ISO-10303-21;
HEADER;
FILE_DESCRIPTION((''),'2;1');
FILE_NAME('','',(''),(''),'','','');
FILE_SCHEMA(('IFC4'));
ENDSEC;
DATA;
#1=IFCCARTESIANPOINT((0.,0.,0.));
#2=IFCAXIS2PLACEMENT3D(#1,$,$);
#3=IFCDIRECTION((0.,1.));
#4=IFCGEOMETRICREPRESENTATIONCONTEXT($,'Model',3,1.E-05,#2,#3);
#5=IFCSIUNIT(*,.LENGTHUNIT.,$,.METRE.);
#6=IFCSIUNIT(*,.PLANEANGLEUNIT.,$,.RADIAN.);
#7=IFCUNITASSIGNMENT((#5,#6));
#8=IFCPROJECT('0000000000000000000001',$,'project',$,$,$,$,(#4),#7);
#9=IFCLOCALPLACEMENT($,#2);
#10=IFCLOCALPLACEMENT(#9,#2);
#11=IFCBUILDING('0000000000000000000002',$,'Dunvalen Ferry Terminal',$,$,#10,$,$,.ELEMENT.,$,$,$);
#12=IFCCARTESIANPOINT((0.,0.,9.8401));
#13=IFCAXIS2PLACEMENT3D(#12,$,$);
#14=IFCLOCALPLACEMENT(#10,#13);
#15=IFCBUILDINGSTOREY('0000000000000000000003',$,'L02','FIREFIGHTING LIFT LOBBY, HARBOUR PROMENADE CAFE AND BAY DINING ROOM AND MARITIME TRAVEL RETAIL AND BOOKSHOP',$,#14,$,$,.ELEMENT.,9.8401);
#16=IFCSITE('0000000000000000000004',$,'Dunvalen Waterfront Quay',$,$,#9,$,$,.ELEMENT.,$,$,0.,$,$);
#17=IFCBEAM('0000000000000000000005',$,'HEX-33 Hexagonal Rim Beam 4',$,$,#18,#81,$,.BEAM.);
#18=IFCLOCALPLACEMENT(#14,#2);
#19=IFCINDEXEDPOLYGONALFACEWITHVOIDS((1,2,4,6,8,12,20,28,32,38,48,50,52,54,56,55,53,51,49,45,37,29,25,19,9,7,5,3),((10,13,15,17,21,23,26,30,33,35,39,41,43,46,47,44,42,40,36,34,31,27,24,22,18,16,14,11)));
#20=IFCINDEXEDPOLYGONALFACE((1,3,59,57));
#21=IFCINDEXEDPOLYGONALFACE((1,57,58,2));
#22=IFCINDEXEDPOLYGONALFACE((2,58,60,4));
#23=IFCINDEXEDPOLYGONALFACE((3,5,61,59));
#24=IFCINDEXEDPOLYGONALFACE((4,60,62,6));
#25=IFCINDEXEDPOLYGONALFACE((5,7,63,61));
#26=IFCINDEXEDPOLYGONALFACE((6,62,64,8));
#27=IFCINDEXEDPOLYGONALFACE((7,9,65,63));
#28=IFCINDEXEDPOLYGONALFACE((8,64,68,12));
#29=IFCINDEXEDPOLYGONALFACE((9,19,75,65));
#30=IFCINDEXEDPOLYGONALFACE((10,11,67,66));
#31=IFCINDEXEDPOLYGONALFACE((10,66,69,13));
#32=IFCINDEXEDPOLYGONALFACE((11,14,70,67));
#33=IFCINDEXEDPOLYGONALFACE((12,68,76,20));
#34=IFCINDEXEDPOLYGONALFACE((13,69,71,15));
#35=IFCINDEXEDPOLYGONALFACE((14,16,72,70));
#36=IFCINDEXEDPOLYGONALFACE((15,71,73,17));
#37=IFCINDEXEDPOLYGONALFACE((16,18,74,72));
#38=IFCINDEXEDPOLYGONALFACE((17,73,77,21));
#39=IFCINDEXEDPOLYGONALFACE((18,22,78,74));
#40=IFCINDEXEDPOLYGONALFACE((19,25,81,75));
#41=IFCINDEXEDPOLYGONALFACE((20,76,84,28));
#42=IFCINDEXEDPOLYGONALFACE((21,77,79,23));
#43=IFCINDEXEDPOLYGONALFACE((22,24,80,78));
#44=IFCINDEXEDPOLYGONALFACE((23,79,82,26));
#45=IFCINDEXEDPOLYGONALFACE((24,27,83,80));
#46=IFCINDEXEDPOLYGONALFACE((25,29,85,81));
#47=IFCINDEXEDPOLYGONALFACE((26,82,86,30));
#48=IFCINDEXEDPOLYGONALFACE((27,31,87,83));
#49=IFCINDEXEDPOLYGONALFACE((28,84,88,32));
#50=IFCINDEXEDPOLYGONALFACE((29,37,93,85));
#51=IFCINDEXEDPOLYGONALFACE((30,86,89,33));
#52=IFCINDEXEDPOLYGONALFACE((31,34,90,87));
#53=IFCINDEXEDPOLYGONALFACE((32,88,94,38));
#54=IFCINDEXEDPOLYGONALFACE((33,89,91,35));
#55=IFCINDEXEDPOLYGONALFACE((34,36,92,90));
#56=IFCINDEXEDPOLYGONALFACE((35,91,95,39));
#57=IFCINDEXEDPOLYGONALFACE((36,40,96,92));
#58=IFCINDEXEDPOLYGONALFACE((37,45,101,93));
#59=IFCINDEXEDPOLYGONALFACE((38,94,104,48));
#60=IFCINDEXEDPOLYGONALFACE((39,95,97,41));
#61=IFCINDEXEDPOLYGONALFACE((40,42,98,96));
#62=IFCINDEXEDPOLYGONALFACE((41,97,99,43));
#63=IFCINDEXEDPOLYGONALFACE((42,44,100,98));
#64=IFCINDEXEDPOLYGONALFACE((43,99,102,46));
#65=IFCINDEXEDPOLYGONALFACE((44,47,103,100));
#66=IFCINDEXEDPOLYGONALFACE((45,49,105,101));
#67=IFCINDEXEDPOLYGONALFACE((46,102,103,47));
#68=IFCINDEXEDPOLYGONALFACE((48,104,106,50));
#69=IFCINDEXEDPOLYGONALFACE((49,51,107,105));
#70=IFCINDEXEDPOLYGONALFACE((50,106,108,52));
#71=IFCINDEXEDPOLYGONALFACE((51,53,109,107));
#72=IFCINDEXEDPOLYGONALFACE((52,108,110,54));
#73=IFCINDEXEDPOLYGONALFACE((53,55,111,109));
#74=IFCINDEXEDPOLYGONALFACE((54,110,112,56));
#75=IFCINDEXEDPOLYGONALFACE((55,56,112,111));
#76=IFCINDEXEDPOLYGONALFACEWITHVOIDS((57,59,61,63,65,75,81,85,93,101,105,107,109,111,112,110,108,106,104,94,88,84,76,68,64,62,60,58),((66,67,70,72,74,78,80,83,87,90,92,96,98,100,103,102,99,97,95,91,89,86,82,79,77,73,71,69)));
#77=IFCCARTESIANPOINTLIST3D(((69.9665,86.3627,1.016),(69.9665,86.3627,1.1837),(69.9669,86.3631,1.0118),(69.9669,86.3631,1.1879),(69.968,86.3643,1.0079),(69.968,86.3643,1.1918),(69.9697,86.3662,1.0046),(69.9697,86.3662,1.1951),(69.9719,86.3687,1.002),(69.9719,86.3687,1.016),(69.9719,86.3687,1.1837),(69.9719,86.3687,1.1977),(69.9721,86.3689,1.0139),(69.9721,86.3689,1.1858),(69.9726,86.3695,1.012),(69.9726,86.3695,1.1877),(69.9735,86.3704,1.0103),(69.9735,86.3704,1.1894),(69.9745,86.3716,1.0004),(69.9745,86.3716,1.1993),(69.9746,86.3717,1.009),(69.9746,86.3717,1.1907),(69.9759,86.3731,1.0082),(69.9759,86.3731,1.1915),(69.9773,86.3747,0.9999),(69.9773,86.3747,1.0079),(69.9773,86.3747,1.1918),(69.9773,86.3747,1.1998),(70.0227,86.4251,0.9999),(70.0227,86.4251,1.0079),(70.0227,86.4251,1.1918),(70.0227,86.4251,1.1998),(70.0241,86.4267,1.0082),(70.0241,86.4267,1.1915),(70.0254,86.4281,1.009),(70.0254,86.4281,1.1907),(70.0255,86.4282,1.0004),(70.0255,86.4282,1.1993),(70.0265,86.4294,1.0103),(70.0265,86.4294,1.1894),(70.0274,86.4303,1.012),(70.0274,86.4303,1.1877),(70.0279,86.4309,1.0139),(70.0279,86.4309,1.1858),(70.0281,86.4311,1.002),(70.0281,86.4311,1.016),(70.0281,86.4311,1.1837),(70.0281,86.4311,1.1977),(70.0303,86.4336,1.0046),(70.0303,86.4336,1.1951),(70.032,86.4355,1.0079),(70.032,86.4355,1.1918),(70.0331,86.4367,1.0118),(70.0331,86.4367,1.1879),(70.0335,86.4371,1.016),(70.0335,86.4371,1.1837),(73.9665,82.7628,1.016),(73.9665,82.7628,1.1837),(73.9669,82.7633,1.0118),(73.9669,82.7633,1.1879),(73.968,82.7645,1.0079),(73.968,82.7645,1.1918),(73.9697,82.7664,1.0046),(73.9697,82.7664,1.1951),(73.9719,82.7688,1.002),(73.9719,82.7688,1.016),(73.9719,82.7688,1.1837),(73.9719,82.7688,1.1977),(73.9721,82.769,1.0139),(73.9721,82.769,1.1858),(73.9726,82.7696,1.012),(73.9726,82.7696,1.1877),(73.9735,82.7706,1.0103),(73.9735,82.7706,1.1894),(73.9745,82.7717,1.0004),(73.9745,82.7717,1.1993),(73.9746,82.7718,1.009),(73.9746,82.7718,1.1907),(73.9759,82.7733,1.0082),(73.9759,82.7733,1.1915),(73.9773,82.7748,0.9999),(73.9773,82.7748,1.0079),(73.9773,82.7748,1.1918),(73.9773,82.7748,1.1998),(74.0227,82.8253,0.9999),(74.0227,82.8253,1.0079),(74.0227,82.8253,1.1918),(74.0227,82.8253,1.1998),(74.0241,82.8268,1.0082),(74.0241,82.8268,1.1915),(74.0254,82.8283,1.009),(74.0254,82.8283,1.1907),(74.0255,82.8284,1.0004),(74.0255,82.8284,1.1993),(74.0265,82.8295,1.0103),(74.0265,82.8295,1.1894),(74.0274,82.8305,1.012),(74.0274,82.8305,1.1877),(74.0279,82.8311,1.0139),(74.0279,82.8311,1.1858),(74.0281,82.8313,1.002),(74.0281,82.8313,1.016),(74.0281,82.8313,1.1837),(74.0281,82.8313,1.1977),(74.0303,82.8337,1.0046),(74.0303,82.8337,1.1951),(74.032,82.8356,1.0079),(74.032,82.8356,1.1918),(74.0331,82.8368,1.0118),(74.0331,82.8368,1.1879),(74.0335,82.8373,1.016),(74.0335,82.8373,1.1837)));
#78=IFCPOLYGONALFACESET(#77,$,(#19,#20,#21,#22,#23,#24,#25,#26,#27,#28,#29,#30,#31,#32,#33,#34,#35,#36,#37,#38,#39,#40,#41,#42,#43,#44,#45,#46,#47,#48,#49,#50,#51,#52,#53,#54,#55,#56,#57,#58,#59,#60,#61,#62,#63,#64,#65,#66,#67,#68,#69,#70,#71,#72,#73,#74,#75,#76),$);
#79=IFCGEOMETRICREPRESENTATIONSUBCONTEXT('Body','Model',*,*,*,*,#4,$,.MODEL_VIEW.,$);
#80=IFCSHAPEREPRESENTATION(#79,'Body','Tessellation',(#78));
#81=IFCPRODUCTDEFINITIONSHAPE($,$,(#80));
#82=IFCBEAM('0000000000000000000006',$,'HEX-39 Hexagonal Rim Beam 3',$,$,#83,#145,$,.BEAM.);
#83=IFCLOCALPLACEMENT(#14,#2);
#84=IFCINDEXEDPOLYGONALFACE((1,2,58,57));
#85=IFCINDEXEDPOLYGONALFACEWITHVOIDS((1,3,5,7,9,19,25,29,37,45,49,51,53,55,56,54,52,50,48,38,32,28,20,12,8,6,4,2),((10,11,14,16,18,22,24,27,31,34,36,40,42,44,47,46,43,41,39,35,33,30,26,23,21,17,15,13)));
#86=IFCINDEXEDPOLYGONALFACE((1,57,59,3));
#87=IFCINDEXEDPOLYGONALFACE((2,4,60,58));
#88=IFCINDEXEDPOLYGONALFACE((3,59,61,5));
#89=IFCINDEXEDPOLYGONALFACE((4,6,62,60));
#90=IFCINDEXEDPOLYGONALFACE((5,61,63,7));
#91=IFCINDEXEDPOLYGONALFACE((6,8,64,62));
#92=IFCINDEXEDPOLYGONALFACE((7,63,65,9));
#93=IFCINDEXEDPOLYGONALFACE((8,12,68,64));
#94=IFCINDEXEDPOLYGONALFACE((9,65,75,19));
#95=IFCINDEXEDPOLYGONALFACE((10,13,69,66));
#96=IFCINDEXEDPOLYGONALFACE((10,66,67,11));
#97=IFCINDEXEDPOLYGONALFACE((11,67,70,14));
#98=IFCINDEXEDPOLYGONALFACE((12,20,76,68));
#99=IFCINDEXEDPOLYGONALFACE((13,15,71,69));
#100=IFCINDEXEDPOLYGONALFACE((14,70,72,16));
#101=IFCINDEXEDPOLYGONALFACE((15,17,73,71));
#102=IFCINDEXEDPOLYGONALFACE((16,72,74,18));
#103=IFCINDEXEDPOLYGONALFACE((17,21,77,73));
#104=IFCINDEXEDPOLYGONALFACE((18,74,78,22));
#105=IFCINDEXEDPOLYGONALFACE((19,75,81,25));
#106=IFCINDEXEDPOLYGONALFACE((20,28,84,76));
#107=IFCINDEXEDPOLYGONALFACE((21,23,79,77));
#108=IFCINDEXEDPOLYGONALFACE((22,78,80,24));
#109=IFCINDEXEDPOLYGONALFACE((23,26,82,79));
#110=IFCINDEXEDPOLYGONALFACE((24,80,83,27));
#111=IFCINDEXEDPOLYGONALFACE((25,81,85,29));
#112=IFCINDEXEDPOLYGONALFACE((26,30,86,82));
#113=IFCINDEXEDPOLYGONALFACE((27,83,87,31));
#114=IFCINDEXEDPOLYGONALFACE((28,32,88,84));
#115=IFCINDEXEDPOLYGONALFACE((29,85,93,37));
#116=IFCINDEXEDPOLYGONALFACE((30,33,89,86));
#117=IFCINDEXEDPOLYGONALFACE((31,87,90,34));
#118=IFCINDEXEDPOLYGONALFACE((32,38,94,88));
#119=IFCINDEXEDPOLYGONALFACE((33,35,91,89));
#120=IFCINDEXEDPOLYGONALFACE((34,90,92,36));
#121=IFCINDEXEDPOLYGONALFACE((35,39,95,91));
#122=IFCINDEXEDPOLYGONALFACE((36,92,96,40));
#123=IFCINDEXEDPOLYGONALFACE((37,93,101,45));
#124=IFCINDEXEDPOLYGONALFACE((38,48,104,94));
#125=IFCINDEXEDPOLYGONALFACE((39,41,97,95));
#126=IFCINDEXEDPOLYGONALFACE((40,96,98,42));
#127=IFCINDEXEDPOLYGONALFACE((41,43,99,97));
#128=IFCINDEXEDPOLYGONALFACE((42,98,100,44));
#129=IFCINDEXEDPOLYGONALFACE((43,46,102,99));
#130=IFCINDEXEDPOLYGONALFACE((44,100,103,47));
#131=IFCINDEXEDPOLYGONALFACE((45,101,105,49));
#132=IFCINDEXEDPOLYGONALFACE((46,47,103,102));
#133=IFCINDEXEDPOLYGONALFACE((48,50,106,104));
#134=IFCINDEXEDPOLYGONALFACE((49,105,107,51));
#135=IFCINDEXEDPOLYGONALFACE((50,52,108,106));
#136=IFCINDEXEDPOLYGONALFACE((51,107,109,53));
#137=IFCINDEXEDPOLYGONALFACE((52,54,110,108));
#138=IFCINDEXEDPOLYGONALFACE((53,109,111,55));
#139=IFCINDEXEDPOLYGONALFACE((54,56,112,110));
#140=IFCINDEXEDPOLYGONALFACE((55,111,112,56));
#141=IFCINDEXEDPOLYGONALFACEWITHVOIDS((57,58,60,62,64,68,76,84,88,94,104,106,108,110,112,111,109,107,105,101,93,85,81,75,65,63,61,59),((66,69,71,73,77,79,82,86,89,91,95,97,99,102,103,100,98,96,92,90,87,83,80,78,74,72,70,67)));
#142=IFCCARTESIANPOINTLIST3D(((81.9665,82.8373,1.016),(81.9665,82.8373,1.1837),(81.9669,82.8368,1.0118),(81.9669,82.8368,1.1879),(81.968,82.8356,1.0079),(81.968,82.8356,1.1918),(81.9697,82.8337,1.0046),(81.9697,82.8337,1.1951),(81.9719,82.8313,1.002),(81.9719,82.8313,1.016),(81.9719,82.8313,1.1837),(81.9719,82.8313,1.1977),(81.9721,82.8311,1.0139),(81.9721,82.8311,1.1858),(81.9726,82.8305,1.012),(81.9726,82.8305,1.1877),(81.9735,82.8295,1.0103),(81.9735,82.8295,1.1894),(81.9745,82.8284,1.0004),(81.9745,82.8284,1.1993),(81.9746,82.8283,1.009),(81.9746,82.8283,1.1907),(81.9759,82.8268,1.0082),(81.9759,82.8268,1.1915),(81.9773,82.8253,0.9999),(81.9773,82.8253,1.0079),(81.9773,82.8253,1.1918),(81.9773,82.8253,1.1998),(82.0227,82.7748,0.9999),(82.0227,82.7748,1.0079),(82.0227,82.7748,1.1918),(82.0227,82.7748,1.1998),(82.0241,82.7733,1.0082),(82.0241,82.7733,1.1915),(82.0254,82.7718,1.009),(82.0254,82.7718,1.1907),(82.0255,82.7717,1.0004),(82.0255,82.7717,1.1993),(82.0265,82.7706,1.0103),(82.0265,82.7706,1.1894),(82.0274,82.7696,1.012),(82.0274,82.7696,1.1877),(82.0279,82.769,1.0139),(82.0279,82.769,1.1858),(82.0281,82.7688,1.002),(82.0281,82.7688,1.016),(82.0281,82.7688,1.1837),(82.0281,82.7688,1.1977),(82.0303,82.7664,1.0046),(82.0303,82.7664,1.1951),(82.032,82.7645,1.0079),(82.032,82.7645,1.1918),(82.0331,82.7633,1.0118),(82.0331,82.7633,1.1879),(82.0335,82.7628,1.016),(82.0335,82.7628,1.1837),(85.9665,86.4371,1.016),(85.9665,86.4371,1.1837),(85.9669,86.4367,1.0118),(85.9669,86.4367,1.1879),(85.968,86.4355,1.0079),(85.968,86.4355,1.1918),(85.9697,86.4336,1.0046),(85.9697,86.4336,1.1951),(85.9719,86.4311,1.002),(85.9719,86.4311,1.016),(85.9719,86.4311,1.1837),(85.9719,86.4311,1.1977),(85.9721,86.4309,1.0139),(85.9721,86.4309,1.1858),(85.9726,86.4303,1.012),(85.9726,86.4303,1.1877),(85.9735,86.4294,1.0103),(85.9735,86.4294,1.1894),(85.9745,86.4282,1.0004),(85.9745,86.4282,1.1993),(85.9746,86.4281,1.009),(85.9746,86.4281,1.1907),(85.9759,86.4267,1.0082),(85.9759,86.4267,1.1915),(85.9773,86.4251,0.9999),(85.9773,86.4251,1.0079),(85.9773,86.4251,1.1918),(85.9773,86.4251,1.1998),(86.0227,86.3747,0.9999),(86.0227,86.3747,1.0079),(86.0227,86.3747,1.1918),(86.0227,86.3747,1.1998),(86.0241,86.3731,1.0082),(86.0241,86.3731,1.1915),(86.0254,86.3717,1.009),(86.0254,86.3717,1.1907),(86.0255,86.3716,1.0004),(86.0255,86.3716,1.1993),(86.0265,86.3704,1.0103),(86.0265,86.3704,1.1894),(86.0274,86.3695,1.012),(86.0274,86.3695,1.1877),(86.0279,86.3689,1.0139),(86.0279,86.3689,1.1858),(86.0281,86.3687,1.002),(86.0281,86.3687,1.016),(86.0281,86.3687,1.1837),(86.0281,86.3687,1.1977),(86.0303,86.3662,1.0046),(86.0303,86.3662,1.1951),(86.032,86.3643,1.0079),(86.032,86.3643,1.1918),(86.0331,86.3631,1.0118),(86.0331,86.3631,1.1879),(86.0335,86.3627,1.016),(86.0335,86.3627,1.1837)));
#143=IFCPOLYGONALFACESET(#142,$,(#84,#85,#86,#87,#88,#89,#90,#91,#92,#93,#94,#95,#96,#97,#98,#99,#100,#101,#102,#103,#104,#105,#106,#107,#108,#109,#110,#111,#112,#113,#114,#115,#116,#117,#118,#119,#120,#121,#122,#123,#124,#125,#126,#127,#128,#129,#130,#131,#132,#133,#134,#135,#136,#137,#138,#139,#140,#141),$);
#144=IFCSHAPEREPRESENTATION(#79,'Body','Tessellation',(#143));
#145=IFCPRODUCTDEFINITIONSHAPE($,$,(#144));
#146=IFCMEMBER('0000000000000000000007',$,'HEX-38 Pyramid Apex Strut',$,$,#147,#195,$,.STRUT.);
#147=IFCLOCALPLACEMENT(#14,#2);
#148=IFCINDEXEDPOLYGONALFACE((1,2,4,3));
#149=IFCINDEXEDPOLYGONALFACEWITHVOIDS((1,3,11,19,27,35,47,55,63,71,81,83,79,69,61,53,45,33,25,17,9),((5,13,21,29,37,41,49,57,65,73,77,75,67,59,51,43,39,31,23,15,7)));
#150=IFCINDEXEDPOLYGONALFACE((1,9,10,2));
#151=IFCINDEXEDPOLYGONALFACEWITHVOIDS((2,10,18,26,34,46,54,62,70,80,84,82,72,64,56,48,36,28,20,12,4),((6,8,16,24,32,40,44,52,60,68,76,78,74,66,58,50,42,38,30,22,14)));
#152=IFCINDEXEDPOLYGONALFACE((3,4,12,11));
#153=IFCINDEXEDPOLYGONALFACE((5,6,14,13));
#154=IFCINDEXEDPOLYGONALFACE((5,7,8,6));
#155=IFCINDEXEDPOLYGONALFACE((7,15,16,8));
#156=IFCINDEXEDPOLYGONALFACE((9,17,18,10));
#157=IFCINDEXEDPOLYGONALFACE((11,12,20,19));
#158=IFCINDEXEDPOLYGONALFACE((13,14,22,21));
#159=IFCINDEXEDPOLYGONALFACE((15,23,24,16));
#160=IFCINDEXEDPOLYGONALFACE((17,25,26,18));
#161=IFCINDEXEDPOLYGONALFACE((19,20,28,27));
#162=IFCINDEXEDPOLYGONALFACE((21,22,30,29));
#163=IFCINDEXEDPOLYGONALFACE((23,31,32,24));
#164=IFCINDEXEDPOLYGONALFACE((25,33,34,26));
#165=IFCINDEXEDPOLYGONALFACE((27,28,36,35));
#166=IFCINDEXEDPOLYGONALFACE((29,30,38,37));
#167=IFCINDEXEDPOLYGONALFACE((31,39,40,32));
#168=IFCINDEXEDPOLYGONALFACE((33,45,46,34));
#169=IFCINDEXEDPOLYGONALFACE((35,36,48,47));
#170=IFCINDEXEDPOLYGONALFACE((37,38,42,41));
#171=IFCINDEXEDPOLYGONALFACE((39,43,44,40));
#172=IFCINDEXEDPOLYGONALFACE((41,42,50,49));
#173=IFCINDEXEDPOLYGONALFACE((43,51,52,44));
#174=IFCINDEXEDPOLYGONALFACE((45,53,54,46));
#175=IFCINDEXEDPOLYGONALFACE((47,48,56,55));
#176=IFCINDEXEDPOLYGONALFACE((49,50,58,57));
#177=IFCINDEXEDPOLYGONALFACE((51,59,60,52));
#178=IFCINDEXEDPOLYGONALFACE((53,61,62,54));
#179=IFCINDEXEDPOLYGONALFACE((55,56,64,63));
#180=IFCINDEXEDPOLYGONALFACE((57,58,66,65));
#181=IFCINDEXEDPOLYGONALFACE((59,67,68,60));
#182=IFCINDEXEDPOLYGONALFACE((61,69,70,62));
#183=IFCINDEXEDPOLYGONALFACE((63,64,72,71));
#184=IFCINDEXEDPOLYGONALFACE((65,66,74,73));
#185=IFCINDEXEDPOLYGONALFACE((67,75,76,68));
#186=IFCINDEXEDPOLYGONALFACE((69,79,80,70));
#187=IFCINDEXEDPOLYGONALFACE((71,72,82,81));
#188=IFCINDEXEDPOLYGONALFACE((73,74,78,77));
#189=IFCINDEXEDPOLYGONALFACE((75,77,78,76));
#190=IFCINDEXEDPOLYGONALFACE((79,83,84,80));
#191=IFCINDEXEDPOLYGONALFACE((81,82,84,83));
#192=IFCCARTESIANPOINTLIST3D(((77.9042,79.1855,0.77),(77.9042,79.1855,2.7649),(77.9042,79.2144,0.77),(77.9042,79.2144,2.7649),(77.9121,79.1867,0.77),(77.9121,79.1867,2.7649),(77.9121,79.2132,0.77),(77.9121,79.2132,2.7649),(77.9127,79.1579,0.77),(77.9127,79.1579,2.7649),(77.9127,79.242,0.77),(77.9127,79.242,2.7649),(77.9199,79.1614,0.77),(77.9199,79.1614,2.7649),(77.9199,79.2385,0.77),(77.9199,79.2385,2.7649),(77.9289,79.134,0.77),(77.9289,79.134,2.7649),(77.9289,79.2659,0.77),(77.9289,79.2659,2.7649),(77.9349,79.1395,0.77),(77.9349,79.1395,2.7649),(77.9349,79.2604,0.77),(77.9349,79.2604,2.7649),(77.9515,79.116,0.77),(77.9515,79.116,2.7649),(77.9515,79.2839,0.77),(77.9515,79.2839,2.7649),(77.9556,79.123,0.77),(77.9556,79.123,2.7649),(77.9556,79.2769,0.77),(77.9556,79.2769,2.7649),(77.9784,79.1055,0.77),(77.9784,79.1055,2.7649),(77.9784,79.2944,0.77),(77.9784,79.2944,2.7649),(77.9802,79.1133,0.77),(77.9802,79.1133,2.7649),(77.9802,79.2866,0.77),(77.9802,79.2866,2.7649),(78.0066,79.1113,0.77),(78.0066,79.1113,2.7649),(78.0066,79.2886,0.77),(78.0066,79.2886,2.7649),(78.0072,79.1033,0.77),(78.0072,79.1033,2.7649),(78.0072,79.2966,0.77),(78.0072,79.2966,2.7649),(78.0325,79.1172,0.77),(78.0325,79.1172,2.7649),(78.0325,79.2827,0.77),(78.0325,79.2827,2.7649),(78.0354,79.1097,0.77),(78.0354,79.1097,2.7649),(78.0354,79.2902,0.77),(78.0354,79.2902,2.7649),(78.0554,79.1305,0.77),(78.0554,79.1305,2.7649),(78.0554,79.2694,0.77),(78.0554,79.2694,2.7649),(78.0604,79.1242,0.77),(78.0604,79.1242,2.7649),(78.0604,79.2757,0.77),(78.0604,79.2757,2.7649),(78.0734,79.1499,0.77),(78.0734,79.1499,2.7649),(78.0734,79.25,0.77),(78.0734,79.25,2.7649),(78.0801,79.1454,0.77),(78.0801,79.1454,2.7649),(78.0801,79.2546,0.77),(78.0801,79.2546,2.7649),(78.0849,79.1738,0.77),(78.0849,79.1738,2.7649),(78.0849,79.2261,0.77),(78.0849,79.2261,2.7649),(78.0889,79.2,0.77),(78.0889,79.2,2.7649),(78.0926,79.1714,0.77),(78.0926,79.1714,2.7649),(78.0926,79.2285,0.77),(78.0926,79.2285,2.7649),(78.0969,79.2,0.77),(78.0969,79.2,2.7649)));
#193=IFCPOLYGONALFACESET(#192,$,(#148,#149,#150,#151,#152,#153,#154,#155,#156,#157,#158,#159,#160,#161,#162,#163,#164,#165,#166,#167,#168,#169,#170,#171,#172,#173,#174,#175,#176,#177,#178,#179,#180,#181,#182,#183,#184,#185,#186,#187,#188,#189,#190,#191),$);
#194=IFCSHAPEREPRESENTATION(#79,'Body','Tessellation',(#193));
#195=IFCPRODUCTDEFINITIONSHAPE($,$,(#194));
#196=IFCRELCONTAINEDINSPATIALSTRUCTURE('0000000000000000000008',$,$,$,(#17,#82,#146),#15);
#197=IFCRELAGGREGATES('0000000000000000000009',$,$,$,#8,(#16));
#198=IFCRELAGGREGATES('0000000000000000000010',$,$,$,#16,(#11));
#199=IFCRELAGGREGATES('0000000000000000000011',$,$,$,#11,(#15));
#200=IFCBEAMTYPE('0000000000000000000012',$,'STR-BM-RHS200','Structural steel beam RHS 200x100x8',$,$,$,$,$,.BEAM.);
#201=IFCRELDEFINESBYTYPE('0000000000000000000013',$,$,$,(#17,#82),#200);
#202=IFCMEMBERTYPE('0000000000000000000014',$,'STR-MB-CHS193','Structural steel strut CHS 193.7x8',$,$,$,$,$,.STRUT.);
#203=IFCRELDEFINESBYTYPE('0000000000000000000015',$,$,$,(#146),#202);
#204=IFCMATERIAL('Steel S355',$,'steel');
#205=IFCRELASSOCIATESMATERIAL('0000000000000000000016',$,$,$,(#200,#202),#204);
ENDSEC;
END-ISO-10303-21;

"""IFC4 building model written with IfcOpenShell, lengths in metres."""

from ifc_helpers import new_model, si_unit, direction, frame, origin, origin_2d, place, context, subcontext, project, spatial, hollow_rectangle, hollow_circle, extrude, material, material_profile, profile_set, type_object, element, save


model = new_model("IFC4")

# Units and contexts
model_context = context("Model", 3, precision=1e-05, world=origin(), true_north=direction((0.0, 1.0)))
body_context = subcontext(model_context, "Body", "Model", "MODEL_VIEW")
ifc_project = project(units=[si_unit("LENGTHUNIT", "METRE"), si_unit("PLANEANGLEUNIT", "RADIAN")], contexts=[model_context])

# Site, building, storey
site_placement = place(None, origin())
site = spatial("IfcSite", under=ifc_project, at=site_placement, Name="Dunvalen Waterfront Quay", CompositionType="ELEMENT", RefElevation=0.0)
building_placement = place(site_placement, origin())
building = spatial("IfcBuilding", under=site, at=building_placement, Name="Dunvalen Ferry Terminal", CompositionType="ELEMENT")
storey_placement = place(building_placement, frame((0.0, 0.0, 9.8401)))
storey = spatial("IfcBuildingStorey", under=building, at=storey_placement, Name="L02", Description="FIREFIGHTING LIFT LOBBY, HARBOUR PROMENADE CAFE AND BAY DINING ROOM AND MARITIME TRAVEL RETAIL AND BOOKSHOP", CompositionType="ELEMENT", Elevation=9.8401)

# Beams
ifc_material_1 = material(Name="Steel S355", Category="steel")
ifc_material_profile_1 = material_profile(ifc_material_1, hollow_rectangle(XDim=0.1001, YDim=0.2, WallThickness=0.0081, InnerFilletRadius=0.0081, OuterFilletRadius=0.0161, at=origin_2d()), Name="Steel S355")
ifc_profile_set_1 = profile_set([ifc_material_profile_1], Name="Steel S355")
beam_type = type_object("IfcBeamType", Name="STR-BM-RHS200", Description="Structural steel beam RHS 200x100x8", PredefinedType="BEAM", material=ifc_profile_set_1)
for number, where, z_axis, x_axis, name in (
    (1, (74.0, 82.8, 1.0999), (-0.743308, 0.66895, 0.0), (-0.66895, -0.743308, 0.0), "HEX-33 Hexagonal Rim Beam 4"),
    (2, (82.0, 82.8, 1.0999), (0.743308, 0.66895, 0.0), (-0.66895, 0.743308, 0.0), "HEX-39 Hexagonal Rim Beam 3"),
):
    element("IfcBeam", number, at=place(storey_placement, frame(where, z_axis=z_axis, x_axis=x_axis)), inside=storey, type_object=beam_type, Name=name, PredefinedType="BEAM", context=body_context, shape_type="SweptSolid", body=[
        extrude(hollow_rectangle(XDim=0.1001, YDim=0.2, WallThickness=0.0081, InnerFilletRadius=0.0081, OuterFilletRadius=0.0161, at=origin_2d()), origin(), (0.0, 0.0, 1.0), 5.3813),
    ])

# Member
ifc_material_profile_2 = material_profile(ifc_material_1, hollow_circle(Radius=0.0969, WallThickness=0.0081, at=origin_2d()), Name="Steel S355")
ifc_profile_set_2 = profile_set([ifc_material_profile_2], Name="Steel S355")
member_type_1 = type_object("IfcMemberType", Name="STR-MB-CHS193", Description="Structural steel strut CHS 193.7x8", PredefinedType="STRUT", material=ifc_profile_set_2)
for number, where, z_axis, x_axis, name in (
    (3, (78.0, 79.2, 0.77), (0.0, 0.0, 1.0), (1.0, 0.0, 0.0), "HEX-38 Pyramid Apex Strut"),
):
    element("IfcMember", number, at=place(storey_placement, frame(where, z_axis=z_axis, x_axis=x_axis)), inside=storey, type_object=member_type_1, Name=name, PredefinedType="STRUT", context=body_context, shape_type="SweptSolid", body=[
        extrude(hollow_circle(Radius=0.0969, WallThickness=0.0081, at=origin_2d()), origin(), (0.0, 0.0, 1.0), 1.9949),
    ])

save(model, "model.ifc")
